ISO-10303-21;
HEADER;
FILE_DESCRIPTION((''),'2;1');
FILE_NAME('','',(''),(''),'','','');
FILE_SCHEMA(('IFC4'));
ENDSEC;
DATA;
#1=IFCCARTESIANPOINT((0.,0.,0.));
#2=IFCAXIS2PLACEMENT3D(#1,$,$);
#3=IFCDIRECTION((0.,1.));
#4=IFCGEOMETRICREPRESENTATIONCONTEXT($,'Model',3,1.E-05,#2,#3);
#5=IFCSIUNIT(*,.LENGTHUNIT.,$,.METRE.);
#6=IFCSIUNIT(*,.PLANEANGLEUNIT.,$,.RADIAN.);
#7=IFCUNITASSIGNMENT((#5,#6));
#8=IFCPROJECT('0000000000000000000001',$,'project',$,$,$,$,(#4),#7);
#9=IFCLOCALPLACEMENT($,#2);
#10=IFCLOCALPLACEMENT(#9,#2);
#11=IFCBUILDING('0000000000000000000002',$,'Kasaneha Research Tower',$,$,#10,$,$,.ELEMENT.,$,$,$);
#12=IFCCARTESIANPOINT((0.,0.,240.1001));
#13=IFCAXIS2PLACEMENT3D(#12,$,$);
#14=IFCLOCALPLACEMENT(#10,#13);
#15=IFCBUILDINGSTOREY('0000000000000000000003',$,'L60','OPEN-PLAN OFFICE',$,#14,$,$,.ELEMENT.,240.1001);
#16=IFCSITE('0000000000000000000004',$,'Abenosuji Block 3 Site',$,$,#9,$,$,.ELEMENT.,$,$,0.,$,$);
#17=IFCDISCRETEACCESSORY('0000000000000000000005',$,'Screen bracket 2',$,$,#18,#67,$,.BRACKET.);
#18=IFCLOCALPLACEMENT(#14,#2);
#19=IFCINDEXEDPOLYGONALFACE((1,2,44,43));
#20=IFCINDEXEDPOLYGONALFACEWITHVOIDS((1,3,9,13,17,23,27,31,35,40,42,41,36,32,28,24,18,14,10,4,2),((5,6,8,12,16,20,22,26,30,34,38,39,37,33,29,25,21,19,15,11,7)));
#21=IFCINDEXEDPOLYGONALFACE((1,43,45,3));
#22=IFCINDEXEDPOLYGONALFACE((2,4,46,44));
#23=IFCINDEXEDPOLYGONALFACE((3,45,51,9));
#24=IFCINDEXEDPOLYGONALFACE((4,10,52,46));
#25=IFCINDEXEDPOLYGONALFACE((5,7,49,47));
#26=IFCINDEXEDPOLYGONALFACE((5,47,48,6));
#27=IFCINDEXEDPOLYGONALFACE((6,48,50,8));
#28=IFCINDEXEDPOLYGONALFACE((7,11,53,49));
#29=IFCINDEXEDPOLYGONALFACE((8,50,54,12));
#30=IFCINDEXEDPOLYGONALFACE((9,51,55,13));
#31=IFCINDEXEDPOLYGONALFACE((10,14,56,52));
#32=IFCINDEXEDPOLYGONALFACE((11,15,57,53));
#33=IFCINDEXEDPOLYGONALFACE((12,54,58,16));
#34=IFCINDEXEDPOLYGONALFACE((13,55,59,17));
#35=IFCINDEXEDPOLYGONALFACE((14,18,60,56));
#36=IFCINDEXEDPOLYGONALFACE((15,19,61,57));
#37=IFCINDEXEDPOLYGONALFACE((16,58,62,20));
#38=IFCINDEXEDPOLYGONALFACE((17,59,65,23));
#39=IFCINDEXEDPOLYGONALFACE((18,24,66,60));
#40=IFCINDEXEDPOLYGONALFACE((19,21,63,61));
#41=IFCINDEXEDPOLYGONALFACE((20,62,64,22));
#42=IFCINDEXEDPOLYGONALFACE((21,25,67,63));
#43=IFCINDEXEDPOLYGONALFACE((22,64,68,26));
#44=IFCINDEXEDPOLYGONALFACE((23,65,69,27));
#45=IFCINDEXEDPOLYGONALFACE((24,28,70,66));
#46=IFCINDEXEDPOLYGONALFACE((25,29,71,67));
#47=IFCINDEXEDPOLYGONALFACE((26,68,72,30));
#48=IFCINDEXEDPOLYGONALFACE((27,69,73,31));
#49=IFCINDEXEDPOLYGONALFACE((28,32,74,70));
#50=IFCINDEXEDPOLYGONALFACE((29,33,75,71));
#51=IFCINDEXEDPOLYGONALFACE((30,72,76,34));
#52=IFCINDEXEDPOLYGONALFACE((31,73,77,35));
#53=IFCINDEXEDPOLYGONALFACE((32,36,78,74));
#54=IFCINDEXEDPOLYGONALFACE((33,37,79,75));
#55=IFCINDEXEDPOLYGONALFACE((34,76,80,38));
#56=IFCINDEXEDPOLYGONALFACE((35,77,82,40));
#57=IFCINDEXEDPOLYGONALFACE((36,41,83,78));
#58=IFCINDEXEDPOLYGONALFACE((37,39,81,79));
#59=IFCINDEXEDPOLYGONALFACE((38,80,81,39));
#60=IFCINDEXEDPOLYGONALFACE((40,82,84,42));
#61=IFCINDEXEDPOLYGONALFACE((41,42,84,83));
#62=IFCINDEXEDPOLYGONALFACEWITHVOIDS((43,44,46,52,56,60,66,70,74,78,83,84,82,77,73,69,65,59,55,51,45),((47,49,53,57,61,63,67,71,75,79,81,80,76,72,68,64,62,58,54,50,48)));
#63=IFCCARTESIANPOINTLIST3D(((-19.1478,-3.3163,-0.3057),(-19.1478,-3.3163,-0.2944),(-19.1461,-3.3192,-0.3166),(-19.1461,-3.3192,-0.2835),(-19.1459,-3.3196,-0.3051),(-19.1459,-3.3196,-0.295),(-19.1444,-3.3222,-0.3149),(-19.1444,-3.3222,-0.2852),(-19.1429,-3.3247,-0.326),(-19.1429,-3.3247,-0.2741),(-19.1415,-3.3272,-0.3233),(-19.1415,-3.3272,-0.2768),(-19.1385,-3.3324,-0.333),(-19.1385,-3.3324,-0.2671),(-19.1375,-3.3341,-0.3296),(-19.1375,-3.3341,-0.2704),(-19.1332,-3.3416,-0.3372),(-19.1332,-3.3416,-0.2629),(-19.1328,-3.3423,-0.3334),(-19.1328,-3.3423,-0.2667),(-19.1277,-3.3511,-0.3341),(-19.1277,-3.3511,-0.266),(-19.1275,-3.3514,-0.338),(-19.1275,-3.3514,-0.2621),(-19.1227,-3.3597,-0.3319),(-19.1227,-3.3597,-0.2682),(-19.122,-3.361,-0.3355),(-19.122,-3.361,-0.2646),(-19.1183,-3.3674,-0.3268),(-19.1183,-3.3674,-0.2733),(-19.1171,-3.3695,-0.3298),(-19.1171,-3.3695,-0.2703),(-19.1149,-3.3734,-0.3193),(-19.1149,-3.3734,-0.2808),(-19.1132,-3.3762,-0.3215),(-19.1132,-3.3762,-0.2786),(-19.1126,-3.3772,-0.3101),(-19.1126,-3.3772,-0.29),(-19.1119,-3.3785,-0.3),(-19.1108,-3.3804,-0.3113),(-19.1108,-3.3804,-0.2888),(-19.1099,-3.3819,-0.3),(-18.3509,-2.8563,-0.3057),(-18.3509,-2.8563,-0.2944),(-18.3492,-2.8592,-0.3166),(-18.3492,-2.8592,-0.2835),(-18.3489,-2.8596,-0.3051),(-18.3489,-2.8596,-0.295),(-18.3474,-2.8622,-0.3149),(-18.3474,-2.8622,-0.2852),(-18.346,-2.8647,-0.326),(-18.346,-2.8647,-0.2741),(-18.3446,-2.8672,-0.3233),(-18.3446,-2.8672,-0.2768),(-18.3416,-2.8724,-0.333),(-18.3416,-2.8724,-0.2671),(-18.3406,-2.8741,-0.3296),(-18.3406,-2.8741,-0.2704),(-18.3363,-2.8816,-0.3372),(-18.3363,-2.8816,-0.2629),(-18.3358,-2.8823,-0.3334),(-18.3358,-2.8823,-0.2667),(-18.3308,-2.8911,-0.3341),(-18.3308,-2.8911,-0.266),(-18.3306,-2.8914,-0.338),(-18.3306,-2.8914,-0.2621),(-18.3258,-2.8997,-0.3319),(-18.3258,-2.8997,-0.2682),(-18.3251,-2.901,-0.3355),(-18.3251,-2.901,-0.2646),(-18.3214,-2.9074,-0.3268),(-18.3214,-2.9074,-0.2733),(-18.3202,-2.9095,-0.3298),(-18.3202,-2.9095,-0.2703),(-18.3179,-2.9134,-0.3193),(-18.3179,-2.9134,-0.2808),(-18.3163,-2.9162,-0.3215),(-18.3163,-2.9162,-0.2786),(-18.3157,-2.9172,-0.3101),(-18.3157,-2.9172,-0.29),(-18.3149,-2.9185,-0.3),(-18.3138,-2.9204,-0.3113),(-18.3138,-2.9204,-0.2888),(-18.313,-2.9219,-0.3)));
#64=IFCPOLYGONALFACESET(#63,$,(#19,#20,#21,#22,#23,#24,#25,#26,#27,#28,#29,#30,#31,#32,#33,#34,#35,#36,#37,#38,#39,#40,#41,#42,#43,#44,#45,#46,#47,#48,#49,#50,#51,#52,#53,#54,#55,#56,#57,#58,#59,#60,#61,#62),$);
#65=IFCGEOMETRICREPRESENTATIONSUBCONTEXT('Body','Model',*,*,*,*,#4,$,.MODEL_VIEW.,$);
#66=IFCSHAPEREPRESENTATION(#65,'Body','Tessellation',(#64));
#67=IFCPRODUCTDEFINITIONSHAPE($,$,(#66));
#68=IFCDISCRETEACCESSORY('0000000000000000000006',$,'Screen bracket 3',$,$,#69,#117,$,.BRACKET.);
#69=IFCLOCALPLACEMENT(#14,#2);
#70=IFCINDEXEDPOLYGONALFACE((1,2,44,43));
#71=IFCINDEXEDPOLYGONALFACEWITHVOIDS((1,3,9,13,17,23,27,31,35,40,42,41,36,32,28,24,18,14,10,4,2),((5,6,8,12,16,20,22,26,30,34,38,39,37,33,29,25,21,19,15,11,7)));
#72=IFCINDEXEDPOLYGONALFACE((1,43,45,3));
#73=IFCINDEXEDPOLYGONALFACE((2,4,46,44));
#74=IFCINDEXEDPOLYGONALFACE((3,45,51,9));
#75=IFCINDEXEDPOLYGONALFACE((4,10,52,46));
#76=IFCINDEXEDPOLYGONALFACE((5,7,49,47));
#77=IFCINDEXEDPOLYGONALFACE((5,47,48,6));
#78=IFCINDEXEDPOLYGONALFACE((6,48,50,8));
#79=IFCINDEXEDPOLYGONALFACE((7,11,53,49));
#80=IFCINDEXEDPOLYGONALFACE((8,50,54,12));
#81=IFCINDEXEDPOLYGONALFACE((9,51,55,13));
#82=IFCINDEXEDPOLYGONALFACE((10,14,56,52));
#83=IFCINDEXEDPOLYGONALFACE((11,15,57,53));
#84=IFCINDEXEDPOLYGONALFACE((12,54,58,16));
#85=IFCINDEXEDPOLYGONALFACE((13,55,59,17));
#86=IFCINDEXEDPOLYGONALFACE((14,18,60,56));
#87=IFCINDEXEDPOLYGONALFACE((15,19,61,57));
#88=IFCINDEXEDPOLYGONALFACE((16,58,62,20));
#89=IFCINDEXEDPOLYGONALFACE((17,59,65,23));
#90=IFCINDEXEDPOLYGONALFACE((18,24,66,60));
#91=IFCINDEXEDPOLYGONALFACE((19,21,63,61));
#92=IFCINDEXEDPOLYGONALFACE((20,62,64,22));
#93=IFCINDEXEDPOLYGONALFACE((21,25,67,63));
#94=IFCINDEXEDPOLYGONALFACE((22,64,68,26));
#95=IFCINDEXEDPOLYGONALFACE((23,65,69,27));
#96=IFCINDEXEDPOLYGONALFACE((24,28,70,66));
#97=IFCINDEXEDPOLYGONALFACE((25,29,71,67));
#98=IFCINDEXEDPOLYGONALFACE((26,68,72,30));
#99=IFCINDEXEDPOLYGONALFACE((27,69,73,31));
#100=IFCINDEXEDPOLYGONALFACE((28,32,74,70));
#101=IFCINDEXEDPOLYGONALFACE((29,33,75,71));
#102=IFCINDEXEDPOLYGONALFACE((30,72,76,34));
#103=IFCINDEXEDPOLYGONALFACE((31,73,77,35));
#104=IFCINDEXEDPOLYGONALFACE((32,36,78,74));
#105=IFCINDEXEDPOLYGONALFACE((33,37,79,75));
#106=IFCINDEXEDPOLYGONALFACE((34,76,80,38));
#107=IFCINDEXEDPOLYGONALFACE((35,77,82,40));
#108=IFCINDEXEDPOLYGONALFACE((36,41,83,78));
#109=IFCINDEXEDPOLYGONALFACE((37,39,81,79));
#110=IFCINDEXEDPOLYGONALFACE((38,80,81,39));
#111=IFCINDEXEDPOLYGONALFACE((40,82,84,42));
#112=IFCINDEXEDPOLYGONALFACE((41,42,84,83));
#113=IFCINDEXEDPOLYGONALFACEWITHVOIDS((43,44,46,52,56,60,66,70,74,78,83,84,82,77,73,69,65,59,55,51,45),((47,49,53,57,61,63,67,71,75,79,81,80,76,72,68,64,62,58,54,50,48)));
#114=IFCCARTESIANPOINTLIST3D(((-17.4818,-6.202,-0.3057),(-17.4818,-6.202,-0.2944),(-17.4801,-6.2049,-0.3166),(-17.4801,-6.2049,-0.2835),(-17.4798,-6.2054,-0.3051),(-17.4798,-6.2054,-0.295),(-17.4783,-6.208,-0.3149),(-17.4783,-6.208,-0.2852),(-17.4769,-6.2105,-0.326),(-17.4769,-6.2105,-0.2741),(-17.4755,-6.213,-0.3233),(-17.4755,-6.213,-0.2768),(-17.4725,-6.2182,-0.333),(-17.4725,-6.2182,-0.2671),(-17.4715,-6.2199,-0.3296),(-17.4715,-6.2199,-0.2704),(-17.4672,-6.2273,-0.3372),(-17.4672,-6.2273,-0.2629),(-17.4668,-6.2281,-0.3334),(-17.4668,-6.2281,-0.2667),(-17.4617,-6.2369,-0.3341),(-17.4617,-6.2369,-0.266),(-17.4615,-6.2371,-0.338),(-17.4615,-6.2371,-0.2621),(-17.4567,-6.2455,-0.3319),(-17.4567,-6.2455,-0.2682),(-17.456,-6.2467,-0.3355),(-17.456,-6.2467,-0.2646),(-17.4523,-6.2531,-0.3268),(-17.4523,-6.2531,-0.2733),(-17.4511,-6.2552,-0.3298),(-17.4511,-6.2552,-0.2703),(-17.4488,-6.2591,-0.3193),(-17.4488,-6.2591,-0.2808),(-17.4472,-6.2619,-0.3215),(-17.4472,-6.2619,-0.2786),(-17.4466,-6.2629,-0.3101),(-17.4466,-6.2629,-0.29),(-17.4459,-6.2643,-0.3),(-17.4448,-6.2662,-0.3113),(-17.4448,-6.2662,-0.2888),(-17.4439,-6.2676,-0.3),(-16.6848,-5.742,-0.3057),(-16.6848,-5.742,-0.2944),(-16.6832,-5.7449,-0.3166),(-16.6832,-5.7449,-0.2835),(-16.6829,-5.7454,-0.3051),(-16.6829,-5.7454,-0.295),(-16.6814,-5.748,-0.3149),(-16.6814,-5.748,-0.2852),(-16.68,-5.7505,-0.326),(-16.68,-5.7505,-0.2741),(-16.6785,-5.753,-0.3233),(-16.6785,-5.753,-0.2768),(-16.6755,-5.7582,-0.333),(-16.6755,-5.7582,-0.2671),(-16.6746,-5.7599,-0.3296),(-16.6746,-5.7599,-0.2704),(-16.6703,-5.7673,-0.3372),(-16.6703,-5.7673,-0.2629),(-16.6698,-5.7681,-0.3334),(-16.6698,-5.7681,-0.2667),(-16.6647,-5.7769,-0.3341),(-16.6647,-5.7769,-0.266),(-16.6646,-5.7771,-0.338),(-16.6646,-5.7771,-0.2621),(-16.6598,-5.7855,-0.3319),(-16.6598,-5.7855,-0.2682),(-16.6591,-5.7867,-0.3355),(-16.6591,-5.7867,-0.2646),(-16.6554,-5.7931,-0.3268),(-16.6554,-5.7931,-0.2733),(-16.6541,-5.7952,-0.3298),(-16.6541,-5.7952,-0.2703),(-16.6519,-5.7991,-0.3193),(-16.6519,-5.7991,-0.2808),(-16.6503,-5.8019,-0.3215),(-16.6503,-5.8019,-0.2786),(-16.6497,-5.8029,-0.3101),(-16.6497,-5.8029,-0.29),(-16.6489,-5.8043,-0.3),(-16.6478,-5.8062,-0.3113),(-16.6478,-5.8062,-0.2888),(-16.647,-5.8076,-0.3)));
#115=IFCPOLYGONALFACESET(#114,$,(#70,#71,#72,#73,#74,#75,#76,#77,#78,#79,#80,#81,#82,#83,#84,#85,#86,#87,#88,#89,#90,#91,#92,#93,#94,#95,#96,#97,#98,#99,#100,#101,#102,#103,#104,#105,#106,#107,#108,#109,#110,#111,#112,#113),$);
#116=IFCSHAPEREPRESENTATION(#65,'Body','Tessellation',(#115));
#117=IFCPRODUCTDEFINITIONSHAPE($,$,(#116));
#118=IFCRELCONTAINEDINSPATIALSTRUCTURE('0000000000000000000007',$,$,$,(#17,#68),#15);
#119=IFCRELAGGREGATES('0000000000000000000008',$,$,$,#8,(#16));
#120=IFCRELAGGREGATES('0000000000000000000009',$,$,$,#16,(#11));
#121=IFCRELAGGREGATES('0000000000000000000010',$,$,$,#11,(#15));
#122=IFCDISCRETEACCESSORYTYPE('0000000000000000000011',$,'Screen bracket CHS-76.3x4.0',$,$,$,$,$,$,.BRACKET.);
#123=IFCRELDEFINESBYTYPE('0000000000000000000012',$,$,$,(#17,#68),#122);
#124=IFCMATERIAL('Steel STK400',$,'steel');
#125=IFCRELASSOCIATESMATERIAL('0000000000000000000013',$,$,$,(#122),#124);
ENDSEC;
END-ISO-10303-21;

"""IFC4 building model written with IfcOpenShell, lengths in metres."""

from ifc_helpers import new_model, si_unit, direction, frame, origin, origin_2d, place, context, subcontext, project, spatial, hollow_circle, extrude, material, material_profile, profile_set, type_object, element, save


model = new_model("IFC4")

# Units and contexts
model_context = context("Model", 3, precision=1e-05, world=origin(), true_north=direction((0.0, 1.0)))
body_context = subcontext(model_context, "Body", "Model", "MODEL_VIEW")
ifc_project = project(units=[si_unit("LENGTHUNIT", "METRE"), si_unit("PLANEANGLEUNIT", "RADIAN")], contexts=[model_context])

# Site, building, storey
site_placement = place(None, origin())
site = spatial("IfcSite", under=ifc_project, at=site_placement, Name="Abenosuji Block 3 Site", CompositionType="ELEMENT", RefElevation=0.0)
building_placement = place(site_placement, origin())
building = spatial("IfcBuilding", under=site, at=building_placement, Name="Kasaneha Research Tower", CompositionType="ELEMENT")
storey_placement = place(building_placement, frame((0.0, 0.0, 240.1001)))
storey = spatial("IfcBuildingStorey", under=building, at=storey_placement, Name="L60", Description="OPEN-PLAN OFFICE", CompositionType="ELEMENT", Elevation=240.1001)

# Discrete accessories
ifc_material_1 = material(Name="Steel STK400", Category="steel")
ifc_material_profile_1 = material_profile(ifc_material_1, hollow_circle(Radius=0.0381, WallThickness=0.0039, at=origin_2d()), Name="CHS-76.3x4.0")
ifc_profile_set_1 = profile_set([ifc_material_profile_1], Name="Steel STK400")
discrete_accessory_type = type_object("IfcDiscreteAccessoryType", Name="Screen bracket CHS-76.3x4.0", PredefinedType="BRACKET", material=ifc_profile_set_1)
for number, where, z_axis, x_axis, name in (
    (1, (-18.332, -2.8889, -0.3), (-0.86608, -0.499906, 0.0), (0.499906, -0.86608, 0.0), "Screen bracket 2"),
    (2, (-16.666, -5.7747, -0.3), (-0.86608, -0.499906, 0.0), (0.499906, -0.86608, 0.0), "Screen bracket 3"),
):
    element("IfcDiscreteAccessory", number, at=place(storey_placement, frame(where, z_axis=z_axis, x_axis=x_axis)), inside=storey, type_object=discrete_accessory_type, Name=name, PredefinedType="BRACKET", context=body_context, shape_type="SweptSolid", body=[
        extrude(hollow_circle(Radius=0.0381, WallThickness=0.0039, at=origin_2d()), origin(), (0.0, 0.0, 1.0), 0.9202),
    ])

save(model, "model.ifc")
